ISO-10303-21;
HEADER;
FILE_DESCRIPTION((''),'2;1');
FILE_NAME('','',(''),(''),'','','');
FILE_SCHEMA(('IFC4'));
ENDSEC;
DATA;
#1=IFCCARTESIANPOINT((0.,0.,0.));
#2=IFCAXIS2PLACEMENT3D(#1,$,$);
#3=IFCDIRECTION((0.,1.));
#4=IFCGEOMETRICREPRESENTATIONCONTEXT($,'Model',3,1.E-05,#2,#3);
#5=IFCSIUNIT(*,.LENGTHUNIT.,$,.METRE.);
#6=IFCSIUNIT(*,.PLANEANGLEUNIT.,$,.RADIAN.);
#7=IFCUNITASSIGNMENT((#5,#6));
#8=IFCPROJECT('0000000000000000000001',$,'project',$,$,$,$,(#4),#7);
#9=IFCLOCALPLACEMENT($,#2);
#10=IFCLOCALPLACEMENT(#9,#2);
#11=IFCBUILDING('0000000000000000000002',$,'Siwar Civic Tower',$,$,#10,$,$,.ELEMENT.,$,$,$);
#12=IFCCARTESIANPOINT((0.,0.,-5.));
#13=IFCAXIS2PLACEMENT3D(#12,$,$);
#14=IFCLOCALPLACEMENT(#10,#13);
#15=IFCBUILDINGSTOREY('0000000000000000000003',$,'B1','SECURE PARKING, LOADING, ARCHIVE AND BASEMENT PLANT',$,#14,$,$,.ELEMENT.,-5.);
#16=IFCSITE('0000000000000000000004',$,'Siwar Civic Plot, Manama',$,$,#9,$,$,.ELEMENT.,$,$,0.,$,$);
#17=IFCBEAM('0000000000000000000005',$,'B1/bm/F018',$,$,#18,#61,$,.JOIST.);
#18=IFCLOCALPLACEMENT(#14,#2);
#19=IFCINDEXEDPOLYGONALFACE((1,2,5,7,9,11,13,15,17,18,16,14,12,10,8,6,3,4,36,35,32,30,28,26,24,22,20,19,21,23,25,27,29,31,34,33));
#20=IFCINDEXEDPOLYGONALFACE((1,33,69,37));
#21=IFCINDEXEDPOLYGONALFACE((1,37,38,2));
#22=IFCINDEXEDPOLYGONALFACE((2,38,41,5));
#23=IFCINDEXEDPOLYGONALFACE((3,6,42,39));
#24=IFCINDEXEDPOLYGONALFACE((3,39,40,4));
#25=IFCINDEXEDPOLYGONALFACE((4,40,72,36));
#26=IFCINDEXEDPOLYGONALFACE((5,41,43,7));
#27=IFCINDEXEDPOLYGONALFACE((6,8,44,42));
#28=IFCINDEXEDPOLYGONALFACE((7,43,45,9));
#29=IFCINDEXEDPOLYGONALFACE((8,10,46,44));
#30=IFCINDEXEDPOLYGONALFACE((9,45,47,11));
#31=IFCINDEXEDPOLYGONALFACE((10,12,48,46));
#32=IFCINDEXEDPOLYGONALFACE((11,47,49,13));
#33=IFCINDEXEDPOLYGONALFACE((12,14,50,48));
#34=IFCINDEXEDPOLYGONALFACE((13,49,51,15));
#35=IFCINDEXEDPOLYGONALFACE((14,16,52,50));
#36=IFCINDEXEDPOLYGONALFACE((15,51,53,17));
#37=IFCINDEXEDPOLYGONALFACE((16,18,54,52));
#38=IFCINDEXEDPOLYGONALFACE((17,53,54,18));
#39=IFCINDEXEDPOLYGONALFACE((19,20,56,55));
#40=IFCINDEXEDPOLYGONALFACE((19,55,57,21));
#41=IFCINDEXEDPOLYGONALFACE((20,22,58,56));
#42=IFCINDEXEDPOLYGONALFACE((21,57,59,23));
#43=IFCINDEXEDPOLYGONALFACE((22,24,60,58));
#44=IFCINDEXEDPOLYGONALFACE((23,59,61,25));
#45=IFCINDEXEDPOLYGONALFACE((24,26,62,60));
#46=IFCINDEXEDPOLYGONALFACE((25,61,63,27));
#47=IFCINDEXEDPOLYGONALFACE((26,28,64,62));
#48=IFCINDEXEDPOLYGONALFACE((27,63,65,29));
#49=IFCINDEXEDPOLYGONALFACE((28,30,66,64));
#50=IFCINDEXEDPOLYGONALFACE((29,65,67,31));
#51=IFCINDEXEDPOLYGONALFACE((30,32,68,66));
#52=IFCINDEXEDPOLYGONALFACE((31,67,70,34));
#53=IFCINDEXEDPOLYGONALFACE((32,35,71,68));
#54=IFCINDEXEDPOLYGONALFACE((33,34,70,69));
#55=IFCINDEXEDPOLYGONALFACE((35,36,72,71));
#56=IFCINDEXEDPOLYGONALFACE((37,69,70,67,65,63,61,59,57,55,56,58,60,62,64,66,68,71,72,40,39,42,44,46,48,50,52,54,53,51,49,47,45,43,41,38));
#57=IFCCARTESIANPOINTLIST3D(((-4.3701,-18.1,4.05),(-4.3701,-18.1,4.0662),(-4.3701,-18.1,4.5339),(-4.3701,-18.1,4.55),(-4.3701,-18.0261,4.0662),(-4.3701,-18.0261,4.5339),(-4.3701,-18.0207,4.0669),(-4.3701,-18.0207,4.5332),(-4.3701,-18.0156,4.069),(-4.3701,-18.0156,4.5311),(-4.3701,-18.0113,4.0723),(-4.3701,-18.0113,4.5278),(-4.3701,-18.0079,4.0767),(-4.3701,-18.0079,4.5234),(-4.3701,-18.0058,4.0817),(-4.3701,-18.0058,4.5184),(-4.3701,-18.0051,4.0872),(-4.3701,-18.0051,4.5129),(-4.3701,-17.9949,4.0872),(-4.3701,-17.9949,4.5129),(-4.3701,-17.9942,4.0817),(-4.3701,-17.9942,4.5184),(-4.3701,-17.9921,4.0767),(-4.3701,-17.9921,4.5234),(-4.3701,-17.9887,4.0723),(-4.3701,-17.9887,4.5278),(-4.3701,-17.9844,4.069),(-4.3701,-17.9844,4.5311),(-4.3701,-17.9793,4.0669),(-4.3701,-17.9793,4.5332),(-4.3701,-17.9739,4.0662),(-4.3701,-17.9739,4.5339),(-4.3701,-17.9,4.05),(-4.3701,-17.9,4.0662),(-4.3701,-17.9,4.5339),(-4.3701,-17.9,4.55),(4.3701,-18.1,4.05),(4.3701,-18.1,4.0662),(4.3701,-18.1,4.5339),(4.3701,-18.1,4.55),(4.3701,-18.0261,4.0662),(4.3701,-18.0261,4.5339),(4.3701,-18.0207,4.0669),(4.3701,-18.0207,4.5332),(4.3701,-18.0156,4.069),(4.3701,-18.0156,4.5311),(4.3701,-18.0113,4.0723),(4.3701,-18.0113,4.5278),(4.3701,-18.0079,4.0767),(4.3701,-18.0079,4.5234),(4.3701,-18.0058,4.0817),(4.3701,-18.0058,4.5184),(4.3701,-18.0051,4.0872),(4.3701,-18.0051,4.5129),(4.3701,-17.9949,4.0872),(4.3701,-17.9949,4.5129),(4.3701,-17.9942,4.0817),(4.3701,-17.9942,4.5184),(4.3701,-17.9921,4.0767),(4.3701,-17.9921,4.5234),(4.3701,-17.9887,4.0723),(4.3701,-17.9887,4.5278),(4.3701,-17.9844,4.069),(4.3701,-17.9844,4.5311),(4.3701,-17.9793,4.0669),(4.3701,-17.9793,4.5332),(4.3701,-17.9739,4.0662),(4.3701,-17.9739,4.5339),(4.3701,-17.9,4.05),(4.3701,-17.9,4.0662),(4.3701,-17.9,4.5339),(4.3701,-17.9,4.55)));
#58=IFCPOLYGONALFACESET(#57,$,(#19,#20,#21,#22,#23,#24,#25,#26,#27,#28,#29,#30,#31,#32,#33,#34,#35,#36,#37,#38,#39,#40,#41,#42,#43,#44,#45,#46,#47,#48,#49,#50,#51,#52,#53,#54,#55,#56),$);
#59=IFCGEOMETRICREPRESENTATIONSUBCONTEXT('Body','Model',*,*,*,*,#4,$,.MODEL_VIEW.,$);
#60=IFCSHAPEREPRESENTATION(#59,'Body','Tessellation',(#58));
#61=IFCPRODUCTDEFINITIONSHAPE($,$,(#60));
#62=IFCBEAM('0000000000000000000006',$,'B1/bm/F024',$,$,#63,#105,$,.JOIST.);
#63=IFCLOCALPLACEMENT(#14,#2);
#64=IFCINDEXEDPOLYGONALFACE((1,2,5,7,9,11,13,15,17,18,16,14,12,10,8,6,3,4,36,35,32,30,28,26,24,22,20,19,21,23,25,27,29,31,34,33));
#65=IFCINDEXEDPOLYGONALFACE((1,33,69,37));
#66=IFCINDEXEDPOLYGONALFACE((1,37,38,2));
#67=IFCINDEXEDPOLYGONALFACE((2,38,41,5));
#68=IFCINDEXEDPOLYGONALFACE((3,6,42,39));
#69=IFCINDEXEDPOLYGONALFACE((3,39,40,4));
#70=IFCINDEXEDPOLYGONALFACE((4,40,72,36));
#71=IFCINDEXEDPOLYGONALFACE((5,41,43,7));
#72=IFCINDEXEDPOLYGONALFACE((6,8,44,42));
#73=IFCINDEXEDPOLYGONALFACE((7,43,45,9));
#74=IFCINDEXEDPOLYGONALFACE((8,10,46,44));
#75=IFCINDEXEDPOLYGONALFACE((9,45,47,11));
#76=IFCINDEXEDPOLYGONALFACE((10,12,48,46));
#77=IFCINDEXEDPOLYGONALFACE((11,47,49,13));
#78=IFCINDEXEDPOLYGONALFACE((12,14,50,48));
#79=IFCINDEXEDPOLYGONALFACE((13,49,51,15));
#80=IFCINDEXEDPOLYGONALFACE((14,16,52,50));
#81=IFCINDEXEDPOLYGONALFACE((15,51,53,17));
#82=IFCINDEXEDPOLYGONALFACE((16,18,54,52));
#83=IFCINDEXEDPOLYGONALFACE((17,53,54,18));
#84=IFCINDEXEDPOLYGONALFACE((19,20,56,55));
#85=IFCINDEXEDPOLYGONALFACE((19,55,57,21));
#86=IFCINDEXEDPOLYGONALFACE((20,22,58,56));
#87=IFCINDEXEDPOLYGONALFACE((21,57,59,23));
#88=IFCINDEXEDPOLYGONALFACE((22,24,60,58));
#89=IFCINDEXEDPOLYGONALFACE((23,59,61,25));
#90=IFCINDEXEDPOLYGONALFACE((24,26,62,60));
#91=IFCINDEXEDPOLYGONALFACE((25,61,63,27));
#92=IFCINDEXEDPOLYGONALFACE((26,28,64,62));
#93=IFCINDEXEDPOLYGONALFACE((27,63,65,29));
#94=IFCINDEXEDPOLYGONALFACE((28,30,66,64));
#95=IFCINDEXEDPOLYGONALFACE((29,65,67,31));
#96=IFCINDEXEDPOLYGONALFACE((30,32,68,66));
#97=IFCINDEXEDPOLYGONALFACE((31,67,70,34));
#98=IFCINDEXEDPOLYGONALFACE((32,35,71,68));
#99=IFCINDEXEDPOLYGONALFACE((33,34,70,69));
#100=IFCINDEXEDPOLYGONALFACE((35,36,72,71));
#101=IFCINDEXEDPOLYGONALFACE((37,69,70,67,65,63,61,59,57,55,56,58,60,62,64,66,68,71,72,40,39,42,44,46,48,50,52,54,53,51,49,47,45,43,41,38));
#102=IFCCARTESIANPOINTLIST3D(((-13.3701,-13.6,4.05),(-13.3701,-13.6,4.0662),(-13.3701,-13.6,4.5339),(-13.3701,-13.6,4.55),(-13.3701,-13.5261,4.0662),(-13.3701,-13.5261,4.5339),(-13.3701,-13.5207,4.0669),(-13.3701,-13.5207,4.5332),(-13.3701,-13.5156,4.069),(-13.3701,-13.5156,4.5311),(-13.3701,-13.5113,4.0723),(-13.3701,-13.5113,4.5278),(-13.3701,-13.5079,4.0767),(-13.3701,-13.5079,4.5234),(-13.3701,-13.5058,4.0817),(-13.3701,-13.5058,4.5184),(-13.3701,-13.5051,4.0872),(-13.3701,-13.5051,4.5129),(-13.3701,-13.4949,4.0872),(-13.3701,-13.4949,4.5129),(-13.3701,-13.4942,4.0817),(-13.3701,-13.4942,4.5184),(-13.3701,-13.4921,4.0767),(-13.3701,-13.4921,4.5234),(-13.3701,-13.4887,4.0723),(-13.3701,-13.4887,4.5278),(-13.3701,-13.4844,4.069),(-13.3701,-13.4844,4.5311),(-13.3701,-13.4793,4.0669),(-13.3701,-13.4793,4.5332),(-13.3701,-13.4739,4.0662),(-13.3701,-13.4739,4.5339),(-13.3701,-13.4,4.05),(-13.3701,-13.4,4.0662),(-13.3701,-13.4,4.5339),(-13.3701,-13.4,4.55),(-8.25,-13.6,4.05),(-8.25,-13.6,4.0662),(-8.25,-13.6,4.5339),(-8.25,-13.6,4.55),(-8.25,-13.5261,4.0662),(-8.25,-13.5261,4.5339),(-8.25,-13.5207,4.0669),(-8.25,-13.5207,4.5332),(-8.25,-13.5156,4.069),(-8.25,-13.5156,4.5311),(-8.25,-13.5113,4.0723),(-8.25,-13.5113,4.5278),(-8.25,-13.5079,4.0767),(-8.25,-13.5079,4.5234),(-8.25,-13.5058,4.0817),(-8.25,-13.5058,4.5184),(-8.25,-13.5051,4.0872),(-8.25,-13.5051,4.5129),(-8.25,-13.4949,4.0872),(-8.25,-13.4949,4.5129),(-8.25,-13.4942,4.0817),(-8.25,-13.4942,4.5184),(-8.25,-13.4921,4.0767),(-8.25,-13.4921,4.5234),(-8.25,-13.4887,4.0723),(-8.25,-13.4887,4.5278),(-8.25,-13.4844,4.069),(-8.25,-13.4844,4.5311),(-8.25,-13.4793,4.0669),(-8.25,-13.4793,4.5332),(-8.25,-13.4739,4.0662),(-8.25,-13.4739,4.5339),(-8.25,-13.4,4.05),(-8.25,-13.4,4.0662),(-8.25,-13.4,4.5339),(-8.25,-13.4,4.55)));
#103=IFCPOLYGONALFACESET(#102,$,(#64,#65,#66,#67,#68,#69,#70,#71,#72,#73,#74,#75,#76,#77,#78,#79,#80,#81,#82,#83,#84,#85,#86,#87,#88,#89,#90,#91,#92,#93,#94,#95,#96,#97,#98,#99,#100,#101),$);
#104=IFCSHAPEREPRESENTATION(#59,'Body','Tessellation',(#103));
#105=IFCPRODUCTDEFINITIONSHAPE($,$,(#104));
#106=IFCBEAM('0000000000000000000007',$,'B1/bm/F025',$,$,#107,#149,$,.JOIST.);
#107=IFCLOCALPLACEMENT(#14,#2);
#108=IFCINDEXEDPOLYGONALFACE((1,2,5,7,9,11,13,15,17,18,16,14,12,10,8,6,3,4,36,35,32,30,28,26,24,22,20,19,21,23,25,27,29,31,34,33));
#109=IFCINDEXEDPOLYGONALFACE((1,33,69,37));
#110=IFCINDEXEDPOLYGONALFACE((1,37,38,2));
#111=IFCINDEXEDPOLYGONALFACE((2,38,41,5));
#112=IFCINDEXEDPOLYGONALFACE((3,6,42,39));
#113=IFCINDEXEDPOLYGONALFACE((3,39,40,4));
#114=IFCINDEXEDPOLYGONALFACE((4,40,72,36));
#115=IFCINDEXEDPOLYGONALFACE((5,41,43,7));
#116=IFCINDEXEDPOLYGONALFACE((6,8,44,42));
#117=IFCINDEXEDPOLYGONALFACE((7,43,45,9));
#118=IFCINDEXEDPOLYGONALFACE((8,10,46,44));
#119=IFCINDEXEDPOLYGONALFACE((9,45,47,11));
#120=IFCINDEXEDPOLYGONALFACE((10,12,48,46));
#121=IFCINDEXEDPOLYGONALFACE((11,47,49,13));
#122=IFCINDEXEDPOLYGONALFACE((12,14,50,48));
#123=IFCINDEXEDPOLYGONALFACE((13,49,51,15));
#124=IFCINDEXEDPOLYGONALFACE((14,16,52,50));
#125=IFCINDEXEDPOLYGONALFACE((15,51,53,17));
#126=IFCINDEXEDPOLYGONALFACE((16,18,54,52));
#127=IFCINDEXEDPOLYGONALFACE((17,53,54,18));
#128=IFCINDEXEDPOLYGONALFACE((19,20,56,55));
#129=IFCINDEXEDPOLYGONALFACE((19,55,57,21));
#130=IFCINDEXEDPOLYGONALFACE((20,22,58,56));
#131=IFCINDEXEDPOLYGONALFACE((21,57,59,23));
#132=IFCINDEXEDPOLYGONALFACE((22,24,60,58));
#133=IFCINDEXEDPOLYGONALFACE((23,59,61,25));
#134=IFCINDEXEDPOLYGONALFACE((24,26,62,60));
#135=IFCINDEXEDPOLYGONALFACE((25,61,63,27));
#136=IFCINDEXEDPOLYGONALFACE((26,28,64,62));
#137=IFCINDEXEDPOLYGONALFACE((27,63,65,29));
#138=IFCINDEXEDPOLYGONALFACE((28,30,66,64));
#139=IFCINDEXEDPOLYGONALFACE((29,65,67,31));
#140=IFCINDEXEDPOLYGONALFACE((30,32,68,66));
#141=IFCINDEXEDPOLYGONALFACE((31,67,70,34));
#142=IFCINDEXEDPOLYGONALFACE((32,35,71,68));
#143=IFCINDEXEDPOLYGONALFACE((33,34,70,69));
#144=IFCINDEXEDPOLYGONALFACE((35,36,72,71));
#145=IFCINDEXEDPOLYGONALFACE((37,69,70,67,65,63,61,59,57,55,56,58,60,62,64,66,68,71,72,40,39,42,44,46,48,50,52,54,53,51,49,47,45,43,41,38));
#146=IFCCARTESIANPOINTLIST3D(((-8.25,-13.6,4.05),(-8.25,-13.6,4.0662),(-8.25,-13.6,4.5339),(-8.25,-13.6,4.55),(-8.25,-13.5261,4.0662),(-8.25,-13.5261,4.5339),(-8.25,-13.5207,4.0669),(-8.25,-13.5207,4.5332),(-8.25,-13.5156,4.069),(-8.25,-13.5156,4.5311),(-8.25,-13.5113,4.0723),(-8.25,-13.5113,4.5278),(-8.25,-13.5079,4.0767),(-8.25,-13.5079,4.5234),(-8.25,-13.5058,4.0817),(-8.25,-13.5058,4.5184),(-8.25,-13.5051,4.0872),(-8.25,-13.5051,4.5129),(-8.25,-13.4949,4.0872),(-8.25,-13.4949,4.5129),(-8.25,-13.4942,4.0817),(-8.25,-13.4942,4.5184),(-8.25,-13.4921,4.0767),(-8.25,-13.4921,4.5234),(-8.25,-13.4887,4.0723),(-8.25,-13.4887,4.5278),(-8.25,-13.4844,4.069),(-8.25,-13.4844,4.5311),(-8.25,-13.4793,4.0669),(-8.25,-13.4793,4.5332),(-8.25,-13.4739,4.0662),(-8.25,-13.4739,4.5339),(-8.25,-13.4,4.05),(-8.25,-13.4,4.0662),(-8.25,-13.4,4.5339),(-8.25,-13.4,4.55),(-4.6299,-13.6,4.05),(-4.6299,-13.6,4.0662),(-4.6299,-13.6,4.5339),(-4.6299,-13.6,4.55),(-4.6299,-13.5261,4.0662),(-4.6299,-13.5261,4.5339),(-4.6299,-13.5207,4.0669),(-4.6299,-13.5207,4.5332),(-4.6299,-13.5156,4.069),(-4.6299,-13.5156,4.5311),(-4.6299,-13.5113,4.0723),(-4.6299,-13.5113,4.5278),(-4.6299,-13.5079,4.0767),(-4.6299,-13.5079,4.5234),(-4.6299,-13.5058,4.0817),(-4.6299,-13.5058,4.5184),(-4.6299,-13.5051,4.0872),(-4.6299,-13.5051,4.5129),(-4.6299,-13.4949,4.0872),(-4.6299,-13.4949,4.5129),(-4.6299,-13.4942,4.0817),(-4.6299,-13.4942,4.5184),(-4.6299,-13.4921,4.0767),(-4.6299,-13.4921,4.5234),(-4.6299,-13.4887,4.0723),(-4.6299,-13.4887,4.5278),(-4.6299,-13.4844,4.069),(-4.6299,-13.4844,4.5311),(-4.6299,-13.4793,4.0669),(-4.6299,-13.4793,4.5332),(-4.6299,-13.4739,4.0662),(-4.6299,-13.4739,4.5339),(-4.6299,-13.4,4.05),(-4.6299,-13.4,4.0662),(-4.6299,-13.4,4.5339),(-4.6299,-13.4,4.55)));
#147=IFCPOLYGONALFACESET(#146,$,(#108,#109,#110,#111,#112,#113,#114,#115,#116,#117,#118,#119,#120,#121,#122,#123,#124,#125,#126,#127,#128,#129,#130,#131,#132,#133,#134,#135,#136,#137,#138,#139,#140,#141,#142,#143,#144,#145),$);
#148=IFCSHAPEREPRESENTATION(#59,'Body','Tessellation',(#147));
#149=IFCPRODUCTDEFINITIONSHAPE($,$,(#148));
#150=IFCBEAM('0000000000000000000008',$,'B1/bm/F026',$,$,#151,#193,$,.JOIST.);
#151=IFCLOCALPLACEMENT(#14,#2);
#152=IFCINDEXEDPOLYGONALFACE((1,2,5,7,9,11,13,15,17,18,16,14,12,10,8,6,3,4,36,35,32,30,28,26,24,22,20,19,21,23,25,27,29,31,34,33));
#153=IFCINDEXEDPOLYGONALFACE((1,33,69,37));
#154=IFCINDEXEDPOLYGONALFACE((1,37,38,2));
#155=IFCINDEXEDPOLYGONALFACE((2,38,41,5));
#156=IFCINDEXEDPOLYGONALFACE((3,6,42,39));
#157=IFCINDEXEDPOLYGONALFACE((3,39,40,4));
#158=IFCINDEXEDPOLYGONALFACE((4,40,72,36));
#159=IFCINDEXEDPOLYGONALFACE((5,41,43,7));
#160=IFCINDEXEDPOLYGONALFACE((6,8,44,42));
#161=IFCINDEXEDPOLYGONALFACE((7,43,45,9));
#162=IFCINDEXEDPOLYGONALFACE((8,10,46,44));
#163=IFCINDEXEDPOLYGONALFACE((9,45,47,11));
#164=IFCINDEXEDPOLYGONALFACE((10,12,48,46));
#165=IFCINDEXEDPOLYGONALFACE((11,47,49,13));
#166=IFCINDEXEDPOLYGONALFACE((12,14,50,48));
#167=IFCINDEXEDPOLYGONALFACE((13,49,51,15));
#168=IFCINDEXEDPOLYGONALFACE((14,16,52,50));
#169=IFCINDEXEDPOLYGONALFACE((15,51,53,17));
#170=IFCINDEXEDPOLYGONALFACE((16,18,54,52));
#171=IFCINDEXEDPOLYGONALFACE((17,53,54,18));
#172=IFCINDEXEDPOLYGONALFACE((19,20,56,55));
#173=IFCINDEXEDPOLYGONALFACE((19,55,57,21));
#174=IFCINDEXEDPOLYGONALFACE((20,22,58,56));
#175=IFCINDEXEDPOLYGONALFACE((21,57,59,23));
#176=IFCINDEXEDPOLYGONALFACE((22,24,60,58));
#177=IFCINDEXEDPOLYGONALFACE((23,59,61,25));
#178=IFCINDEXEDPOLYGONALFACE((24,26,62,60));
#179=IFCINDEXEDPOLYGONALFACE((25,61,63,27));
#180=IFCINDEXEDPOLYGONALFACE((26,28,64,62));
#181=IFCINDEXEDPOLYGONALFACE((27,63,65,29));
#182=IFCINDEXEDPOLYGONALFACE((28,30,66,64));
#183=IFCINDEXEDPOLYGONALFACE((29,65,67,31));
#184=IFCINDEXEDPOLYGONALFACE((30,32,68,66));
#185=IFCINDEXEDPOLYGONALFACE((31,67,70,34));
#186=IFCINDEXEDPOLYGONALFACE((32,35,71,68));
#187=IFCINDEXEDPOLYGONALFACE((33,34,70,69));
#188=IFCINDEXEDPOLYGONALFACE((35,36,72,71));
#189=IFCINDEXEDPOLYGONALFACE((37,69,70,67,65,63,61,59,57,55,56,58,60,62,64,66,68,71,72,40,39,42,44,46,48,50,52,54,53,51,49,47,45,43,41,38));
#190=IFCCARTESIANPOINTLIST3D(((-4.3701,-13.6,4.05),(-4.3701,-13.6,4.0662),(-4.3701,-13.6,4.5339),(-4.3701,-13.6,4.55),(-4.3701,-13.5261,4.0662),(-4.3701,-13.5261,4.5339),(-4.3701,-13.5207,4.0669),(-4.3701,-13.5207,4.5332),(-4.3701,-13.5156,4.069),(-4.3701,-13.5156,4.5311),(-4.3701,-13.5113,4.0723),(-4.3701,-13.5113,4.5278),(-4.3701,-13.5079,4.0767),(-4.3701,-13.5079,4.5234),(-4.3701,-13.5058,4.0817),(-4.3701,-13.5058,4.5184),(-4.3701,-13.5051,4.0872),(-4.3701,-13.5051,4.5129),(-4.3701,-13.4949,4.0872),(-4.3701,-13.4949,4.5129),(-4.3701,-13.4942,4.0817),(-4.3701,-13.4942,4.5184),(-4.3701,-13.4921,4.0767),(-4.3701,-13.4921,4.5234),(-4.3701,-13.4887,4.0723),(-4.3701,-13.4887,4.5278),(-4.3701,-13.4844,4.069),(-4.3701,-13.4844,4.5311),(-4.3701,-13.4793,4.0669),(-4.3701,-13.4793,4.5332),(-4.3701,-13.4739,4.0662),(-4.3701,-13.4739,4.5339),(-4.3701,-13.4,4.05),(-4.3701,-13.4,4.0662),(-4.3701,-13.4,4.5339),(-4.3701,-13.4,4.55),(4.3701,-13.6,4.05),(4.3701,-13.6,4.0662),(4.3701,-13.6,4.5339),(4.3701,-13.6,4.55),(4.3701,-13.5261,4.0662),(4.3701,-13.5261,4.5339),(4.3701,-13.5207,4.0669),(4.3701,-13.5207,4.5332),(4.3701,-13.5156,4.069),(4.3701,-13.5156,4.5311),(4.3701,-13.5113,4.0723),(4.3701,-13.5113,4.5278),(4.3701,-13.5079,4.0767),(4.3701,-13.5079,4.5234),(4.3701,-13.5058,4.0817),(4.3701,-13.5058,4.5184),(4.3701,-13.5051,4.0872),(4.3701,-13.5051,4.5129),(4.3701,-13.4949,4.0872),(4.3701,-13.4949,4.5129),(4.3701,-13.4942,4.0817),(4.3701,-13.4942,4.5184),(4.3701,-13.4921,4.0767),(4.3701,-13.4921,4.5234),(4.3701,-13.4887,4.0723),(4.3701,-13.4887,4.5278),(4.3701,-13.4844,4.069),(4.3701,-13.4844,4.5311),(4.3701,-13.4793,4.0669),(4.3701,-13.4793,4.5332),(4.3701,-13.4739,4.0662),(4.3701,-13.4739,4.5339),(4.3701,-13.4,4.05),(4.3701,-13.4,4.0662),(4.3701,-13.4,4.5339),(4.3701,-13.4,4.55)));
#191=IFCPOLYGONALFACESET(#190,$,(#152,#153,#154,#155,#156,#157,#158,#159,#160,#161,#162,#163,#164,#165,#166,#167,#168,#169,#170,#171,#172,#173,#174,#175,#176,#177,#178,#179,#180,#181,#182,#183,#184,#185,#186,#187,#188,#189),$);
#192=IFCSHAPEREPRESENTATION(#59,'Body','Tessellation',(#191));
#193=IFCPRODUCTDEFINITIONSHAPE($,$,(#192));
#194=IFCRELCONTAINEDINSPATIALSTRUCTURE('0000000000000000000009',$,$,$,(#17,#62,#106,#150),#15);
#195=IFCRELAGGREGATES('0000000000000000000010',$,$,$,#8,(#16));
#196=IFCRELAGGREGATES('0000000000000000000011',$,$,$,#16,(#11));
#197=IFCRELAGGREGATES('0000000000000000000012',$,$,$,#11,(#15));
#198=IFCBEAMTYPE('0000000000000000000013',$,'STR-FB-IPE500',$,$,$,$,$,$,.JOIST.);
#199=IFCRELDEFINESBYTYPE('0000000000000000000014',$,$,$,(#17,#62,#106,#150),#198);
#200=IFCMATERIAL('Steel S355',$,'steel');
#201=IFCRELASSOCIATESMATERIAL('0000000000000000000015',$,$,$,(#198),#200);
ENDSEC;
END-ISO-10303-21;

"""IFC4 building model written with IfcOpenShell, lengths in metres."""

from ifc_helpers import new_model, si_unit, direction, frame, origin, origin_2d, place, context, subcontext, project, spatial, i_section, extrude, material, material_profile, profile_set, type_object, element, save


model = new_model("IFC4")

# Units and contexts
model_context = context("Model", 3, precision=1e-05, world=origin(), true_north=direction((0.0, 1.0)))
body_context = subcontext(model_context, "Body", "Model", "MODEL_VIEW")
ifc_project = project(units=[si_unit("LENGTHUNIT", "METRE"), si_unit("PLANEANGLEUNIT", "RADIAN")], contexts=[model_context])

# Site, building, storey
site_placement = place(None, origin())
site = spatial("IfcSite", under=ifc_project, at=site_placement, Name="Siwar Civic Plot, Manama", CompositionType="ELEMENT", RefElevation=0.0)
building_placement = place(site_placement, origin())
building = spatial("IfcBuilding", under=site, at=building_placement, Name="Siwar Civic Tower", CompositionType="ELEMENT")
storey_placement = place(building_placement, frame((0.0, 0.0, -5.0)))
storey = spatial("IfcBuildingStorey", under=building, at=storey_placement, Name="B1", Description="SECURE PARKING, LOADING, ARCHIVE AND BASEMENT PLANT", CompositionType="ELEMENT", Elevation=-5.0)

# Beams
ifc_material_1 = material(Name="Steel S355", Category="steel")
ifc_material_profile_1 = material_profile(ifc_material_1, i_section(OverallWidth=0.2, OverallDepth=0.5, WebThickness=0.0103, FlangeThickness=0.0161, FilletRadius=0.021, at=origin_2d()), Name="IPE500")
ifc_profile_set_1 = profile_set([ifc_material_profile_1], Name="Steel S355")
beam_type = type_object("IfcBeamType", Name="STR-FB-IPE500", PredefinedType="JOIST", material=ifc_profile_set_1)
for number, where, z_axis, x_axis, name in (
    (1, (-4.3701, -18.0, 4.3), (1.0, 0.0, 0.0), (0.0, 1.0, 0.0), "B1/bm/F018"),
):
    element("IfcBeam", number, at=place(storey_placement, frame(where, z_axis=z_axis, x_axis=x_axis)), inside=storey, type_object=beam_type, Name=name, PredefinedType="JOIST", context=body_context, shape_type="SweptSolid", body=[
        extrude(i_section(OverallWidth=0.2, OverallDepth=0.5, WebThickness=0.0103, FlangeThickness=0.0161, FilletRadius=0.021, at=origin_2d()), origin(), (0.0, 0.0, 1.0), 8.7402),
    ])
beam_1_placement = place(storey_placement, frame((-13.3701, -13.5, 4.3), z_axis=(1.0, 0.0, 0.0), x_axis=(0.0, 1.0, 0.0)))
element("IfcBeam", 2, at=beam_1_placement, inside=storey, type_object=beam_type, Name="B1/bm/F024", PredefinedType="JOIST", context=body_context, shape_type="SweptSolid", body=[
    extrude(i_section(OverallWidth=0.2, OverallDepth=0.5, WebThickness=0.0103, FlangeThickness=0.0161, FilletRadius=0.021, at=origin_2d()), origin(), (0.0, 0.0, 1.0), 5.1201),
])
beam_2_placement = place(storey_placement, frame((-8.25, -13.5, 4.3), z_axis=(1.0, 0.0, 0.0), x_axis=(0.0, 1.0, 0.0)))
element("IfcBeam", 3, at=beam_2_placement, inside=storey, type_object=beam_type, Name="B1/bm/F025", PredefinedType="JOIST", context=body_context, shape_type="SweptSolid", body=[
    extrude(i_section(OverallWidth=0.2, OverallDepth=0.5, WebThickness=0.0103, FlangeThickness=0.0161, FilletRadius=0.021, at=origin_2d()), origin(), (0.0, 0.0, 1.0), 3.6201),
])
beam_3_placement = place(storey_placement, frame((-4.3701, -13.5, 4.3), z_axis=(1.0, 0.0, 0.0), x_axis=(0.0, 1.0, 0.0)))
element("IfcBeam", 4, at=beam_3_placement, inside=storey, type_object=beam_type, Name="B1/bm/F026", PredefinedType="JOIST", context=body_context, shape_type="SweptSolid", body=[
    extrude(i_section(OverallWidth=0.2, OverallDepth=0.5, WebThickness=0.0103, FlangeThickness=0.0161, FilletRadius=0.021, at=origin_2d()), origin(), (0.0, 0.0, 1.0), 8.7402),
])

save(model, "model.ifc")
